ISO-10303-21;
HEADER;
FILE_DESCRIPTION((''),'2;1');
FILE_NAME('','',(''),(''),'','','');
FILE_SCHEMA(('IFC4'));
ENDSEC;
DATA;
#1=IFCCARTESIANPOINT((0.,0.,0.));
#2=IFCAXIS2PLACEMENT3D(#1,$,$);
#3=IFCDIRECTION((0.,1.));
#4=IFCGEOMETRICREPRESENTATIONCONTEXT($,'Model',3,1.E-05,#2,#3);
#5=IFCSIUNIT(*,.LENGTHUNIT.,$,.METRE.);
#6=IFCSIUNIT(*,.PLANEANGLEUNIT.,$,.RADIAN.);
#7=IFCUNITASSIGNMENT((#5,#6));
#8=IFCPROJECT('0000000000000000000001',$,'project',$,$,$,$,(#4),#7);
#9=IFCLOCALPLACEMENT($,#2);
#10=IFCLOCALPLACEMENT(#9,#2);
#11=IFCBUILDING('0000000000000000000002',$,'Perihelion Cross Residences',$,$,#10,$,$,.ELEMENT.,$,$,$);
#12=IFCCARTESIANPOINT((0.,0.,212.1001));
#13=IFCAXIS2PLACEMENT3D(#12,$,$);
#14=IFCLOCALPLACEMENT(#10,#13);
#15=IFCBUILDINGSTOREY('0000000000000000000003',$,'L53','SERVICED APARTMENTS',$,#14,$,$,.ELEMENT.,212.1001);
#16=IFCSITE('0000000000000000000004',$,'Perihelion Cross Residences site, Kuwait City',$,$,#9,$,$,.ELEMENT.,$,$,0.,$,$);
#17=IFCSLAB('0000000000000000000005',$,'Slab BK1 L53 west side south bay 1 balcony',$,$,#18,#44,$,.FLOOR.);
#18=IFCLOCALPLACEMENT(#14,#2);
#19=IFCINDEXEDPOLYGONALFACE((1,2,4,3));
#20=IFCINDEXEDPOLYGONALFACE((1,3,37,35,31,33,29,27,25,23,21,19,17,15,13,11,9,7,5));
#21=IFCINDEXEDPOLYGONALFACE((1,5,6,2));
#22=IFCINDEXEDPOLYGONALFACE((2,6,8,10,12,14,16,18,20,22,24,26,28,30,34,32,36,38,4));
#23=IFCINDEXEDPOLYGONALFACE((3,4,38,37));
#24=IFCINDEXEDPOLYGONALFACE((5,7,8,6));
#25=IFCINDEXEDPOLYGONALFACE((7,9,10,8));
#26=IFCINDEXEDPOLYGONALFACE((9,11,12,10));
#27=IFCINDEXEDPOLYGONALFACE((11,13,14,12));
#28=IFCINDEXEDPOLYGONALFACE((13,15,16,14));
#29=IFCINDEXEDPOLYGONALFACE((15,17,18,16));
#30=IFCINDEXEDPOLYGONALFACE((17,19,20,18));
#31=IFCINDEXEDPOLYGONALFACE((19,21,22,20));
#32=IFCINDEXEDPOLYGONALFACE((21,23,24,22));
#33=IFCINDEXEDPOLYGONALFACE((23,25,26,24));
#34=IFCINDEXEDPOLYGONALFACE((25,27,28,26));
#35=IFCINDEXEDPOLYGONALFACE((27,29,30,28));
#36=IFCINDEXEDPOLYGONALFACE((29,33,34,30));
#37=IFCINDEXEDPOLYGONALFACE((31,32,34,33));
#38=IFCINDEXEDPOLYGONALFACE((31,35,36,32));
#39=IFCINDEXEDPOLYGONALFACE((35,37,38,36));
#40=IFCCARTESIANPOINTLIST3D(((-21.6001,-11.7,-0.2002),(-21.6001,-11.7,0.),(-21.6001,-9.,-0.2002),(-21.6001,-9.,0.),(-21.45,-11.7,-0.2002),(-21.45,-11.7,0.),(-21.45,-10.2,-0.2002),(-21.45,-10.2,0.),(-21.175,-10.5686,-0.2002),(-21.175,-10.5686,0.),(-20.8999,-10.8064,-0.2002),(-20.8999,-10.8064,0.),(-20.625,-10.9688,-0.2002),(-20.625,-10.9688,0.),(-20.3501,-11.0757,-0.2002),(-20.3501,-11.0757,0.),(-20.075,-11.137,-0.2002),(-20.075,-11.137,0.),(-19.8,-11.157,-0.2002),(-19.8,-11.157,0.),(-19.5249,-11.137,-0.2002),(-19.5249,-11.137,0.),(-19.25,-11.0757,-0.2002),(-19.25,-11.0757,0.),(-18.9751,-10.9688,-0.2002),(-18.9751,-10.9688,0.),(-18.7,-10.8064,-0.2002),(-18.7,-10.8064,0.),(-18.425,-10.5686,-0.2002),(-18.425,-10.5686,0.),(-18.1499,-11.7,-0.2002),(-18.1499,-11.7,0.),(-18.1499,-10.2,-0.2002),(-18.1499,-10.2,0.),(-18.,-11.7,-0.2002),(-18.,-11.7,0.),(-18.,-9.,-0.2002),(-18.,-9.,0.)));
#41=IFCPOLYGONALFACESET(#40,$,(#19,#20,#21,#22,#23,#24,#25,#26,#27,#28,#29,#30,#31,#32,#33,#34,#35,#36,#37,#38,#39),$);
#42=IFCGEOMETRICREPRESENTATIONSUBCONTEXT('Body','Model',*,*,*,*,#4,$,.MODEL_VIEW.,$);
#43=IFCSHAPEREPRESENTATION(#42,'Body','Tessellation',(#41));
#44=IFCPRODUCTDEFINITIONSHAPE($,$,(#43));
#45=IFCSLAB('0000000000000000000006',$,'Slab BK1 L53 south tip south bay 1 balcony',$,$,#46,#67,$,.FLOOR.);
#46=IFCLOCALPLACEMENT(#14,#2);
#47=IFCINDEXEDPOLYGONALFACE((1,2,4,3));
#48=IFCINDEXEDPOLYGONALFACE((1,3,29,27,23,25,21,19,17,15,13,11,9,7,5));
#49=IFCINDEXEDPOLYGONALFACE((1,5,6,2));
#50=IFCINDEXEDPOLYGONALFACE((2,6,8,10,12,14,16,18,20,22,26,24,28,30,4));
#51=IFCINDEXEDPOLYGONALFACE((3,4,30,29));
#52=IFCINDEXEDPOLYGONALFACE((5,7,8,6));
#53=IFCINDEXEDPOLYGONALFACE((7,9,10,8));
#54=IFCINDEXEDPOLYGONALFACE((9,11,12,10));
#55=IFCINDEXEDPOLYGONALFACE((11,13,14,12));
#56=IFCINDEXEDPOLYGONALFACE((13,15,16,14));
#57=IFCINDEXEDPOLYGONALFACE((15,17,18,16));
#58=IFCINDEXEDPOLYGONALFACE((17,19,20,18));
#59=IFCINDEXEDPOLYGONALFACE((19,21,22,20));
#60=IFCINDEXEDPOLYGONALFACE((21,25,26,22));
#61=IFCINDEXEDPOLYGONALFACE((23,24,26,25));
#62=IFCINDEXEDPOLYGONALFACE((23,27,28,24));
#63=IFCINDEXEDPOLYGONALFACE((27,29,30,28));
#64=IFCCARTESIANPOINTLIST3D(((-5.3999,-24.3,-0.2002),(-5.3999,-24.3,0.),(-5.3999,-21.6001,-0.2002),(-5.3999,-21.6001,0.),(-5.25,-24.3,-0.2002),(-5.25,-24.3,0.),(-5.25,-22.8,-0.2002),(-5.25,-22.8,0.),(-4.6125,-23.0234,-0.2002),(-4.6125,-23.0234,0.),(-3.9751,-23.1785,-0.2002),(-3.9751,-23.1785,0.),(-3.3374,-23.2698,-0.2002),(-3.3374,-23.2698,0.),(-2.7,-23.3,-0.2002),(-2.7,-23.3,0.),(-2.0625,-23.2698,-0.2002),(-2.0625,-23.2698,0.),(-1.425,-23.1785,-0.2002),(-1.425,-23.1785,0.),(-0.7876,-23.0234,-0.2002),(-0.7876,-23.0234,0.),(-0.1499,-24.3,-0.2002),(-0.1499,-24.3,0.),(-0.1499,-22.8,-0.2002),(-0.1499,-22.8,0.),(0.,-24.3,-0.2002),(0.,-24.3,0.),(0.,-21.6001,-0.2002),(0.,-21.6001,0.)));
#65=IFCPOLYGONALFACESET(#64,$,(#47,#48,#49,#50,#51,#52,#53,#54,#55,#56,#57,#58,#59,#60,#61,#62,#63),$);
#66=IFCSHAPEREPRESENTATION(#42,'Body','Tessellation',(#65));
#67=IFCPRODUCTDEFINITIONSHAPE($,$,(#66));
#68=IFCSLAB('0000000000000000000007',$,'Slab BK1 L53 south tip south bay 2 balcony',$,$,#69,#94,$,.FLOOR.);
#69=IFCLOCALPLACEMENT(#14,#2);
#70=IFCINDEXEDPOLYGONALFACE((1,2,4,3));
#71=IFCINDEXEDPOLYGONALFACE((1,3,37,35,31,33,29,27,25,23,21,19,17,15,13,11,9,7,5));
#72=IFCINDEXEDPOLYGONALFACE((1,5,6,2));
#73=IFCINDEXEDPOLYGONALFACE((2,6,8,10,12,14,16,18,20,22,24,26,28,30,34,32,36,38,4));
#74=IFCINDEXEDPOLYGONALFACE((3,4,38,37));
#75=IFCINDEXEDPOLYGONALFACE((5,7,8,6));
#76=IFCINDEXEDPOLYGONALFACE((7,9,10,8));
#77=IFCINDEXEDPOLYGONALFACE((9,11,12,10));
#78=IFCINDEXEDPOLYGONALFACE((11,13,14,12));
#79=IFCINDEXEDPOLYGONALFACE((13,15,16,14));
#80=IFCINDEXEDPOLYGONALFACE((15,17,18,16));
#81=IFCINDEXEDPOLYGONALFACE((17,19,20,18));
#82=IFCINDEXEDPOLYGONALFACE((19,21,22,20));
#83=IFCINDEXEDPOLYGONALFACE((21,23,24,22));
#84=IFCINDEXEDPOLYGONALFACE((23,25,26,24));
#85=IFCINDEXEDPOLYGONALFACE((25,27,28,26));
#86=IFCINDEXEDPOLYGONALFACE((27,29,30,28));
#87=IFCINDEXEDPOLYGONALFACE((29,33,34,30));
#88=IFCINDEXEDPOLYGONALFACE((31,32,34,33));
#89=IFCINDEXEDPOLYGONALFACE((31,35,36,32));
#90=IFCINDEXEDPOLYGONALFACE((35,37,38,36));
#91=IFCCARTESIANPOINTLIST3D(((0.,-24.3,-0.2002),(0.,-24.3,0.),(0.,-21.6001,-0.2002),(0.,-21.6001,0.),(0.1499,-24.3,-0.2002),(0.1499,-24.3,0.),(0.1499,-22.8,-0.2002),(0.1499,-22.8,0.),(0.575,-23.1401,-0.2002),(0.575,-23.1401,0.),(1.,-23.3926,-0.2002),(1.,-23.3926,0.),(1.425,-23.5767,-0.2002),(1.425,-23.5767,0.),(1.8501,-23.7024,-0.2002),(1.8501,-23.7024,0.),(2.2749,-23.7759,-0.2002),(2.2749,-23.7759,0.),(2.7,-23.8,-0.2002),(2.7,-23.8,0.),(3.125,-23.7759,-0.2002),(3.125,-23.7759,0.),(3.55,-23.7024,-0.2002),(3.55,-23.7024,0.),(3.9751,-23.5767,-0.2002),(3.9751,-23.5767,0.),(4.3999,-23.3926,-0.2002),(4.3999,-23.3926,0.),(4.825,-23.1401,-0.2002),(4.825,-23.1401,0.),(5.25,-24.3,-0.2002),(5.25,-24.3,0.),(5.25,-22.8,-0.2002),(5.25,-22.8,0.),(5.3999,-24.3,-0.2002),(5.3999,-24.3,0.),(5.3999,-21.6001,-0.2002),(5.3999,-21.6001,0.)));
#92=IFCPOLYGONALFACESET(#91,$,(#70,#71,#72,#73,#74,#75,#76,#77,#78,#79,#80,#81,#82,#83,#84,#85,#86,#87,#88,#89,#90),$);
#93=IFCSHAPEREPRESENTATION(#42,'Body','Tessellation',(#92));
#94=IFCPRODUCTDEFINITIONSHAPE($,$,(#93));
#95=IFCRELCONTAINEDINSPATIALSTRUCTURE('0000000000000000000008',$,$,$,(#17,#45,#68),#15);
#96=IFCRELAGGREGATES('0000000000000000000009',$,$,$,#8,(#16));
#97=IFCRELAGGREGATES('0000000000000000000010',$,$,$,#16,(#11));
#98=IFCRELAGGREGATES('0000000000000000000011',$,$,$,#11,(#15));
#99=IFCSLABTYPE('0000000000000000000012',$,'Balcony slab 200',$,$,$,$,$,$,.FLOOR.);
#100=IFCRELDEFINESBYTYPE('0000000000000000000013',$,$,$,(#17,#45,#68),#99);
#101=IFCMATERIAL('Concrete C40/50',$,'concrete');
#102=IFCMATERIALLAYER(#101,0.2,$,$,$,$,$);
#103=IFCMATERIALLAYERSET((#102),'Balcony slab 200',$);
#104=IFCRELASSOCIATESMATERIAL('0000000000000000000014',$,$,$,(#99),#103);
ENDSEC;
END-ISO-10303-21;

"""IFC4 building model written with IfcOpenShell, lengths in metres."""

from ifc_helpers import new_model, si_unit, direction, frame, origin, place, context, subcontext, project, spatial, polyline, outline, extrude, material, layer, layer_set, type_object, element, save


model = new_model("IFC4")

# Units and contexts
model_context = context("Model", 3, precision=1e-05, world=origin(), true_north=direction((0.0, 1.0)))
body_context = subcontext(model_context, "Body", "Model", "MODEL_VIEW")
ifc_project = project(units=[si_unit("LENGTHUNIT", "METRE"), si_unit("PLANEANGLEUNIT", "RADIAN")], contexts=[model_context])

# Site, building, storey
site_placement = place(None, origin())
site = spatial("IfcSite", under=ifc_project, at=site_placement, Name="Perihelion Cross Residences site, Kuwait City", CompositionType="ELEMENT", RefElevation=0.0)
building_placement = place(site_placement, origin())
building = spatial("IfcBuilding", under=site, at=building_placement, Name="Perihelion Cross Residences", CompositionType="ELEMENT")
storey_placement = place(building_placement, frame((0.0, 0.0, 212.1001)))
storey = spatial("IfcBuildingStorey", under=building, at=storey_placement, Name="L53", Description="SERVICED APARTMENTS", CompositionType="ELEMENT", Elevation=212.1001)

# Slabs
ifc_material_1 = material(Name="Concrete C40/50", Category="concrete")
ifc_layer_1 = layer(ifc_material_1, 0.2)
ifc_layer_set_1 = layer_set([ifc_layer_1], Name="Balcony slab 200")
slab_type_1 = type_object("IfcSlabType", Name="Balcony slab 200", PredefinedType="FLOOR", material=ifc_layer_set_1)
slab_1_placement = place(storey_placement, frame((0.0, 0.0, -0.2002)))
element("IfcSlab", 1, at=slab_1_placement, inside=storey, type_object=slab_type_1, Name="Slab BK1 L53 west side south bay 1 balcony", PredefinedType="FLOOR", context=body_context, shape_type="SweptSolid", body=[
    extrude(outline(polyline([(-21.6001, -9.0), (-18.0, -9.0), (-18.0, -11.7), (-18.1499, -11.7), (-18.1499, -10.2), (-18.425, -10.5686), (-18.7, -10.8064), (-18.9751, -10.9688), (-19.25, -11.0757), (-19.5249, -11.137), (-19.8, -11.157), (-20.075, -11.137), (-20.3501, -11.0757), (-20.625, -10.9688), (-20.8999, -10.8064), (-21.175, -10.5686), (-21.45, -10.2), (-21.45, -11.7), (-21.6001, -11.7), (-21.6001, -9.0)])), origin(), (0.0, 0.0, 1.0), 0.2002),
])
slab_2_placement = place(storey_placement, frame((0.0, 0.0, -0.2002)))
element("IfcSlab", 2, at=slab_2_placement, inside=storey, type_object=slab_type_1, Name="Slab BK1 L53 south tip south bay 1 balcony", PredefinedType="FLOOR", context=body_context, shape_type="SweptSolid", body=[
    extrude(outline(polyline([(-5.3999, -21.6001), (0.0, -21.6001), (0.0, -24.3), (-0.1499, -24.3), (-0.1499, -22.8), (-0.7876, -23.0234), (-1.425, -23.1785), (-2.0625, -23.2698), (-2.7, -23.3), (-3.3374, -23.2698), (-3.9751, -23.1785), (-4.6125, -23.0234), (-5.25, -22.8), (-5.25, -24.3), (-5.3999, -24.3), (-5.3999, -21.6001)])), origin(), (0.0, 0.0, 1.0), 0.2002),
])
slab_3_placement = place(storey_placement, frame((0.0, 0.0, -0.2002)))
element("IfcSlab", 3, at=slab_3_placement, inside=storey, type_object=slab_type_1, Name="Slab BK1 L53 south tip south bay 2 balcony", PredefinedType="FLOOR", context=body_context, shape_type="SweptSolid", body=[
    extrude(outline(polyline([(0.0, -21.6001), (5.3999, -21.6001), (5.3999, -24.3), (5.25, -24.3), (5.25, -22.8), (4.825, -23.1401), (4.3999, -23.3926), (3.9751, -23.5767), (3.55, -23.7024), (3.125, -23.7759), (2.7, -23.8), (2.2749, -23.7759), (1.8501, -23.7024), (1.425, -23.5767), (1.0, -23.3926), (0.575, -23.1401), (0.1499, -22.8), (0.1499, -24.3), (0.0, -24.3), (0.0, -21.6001)])), origin(), (0.0, 0.0, 1.0), 0.2002),
])

save(model, "model.ifc")
